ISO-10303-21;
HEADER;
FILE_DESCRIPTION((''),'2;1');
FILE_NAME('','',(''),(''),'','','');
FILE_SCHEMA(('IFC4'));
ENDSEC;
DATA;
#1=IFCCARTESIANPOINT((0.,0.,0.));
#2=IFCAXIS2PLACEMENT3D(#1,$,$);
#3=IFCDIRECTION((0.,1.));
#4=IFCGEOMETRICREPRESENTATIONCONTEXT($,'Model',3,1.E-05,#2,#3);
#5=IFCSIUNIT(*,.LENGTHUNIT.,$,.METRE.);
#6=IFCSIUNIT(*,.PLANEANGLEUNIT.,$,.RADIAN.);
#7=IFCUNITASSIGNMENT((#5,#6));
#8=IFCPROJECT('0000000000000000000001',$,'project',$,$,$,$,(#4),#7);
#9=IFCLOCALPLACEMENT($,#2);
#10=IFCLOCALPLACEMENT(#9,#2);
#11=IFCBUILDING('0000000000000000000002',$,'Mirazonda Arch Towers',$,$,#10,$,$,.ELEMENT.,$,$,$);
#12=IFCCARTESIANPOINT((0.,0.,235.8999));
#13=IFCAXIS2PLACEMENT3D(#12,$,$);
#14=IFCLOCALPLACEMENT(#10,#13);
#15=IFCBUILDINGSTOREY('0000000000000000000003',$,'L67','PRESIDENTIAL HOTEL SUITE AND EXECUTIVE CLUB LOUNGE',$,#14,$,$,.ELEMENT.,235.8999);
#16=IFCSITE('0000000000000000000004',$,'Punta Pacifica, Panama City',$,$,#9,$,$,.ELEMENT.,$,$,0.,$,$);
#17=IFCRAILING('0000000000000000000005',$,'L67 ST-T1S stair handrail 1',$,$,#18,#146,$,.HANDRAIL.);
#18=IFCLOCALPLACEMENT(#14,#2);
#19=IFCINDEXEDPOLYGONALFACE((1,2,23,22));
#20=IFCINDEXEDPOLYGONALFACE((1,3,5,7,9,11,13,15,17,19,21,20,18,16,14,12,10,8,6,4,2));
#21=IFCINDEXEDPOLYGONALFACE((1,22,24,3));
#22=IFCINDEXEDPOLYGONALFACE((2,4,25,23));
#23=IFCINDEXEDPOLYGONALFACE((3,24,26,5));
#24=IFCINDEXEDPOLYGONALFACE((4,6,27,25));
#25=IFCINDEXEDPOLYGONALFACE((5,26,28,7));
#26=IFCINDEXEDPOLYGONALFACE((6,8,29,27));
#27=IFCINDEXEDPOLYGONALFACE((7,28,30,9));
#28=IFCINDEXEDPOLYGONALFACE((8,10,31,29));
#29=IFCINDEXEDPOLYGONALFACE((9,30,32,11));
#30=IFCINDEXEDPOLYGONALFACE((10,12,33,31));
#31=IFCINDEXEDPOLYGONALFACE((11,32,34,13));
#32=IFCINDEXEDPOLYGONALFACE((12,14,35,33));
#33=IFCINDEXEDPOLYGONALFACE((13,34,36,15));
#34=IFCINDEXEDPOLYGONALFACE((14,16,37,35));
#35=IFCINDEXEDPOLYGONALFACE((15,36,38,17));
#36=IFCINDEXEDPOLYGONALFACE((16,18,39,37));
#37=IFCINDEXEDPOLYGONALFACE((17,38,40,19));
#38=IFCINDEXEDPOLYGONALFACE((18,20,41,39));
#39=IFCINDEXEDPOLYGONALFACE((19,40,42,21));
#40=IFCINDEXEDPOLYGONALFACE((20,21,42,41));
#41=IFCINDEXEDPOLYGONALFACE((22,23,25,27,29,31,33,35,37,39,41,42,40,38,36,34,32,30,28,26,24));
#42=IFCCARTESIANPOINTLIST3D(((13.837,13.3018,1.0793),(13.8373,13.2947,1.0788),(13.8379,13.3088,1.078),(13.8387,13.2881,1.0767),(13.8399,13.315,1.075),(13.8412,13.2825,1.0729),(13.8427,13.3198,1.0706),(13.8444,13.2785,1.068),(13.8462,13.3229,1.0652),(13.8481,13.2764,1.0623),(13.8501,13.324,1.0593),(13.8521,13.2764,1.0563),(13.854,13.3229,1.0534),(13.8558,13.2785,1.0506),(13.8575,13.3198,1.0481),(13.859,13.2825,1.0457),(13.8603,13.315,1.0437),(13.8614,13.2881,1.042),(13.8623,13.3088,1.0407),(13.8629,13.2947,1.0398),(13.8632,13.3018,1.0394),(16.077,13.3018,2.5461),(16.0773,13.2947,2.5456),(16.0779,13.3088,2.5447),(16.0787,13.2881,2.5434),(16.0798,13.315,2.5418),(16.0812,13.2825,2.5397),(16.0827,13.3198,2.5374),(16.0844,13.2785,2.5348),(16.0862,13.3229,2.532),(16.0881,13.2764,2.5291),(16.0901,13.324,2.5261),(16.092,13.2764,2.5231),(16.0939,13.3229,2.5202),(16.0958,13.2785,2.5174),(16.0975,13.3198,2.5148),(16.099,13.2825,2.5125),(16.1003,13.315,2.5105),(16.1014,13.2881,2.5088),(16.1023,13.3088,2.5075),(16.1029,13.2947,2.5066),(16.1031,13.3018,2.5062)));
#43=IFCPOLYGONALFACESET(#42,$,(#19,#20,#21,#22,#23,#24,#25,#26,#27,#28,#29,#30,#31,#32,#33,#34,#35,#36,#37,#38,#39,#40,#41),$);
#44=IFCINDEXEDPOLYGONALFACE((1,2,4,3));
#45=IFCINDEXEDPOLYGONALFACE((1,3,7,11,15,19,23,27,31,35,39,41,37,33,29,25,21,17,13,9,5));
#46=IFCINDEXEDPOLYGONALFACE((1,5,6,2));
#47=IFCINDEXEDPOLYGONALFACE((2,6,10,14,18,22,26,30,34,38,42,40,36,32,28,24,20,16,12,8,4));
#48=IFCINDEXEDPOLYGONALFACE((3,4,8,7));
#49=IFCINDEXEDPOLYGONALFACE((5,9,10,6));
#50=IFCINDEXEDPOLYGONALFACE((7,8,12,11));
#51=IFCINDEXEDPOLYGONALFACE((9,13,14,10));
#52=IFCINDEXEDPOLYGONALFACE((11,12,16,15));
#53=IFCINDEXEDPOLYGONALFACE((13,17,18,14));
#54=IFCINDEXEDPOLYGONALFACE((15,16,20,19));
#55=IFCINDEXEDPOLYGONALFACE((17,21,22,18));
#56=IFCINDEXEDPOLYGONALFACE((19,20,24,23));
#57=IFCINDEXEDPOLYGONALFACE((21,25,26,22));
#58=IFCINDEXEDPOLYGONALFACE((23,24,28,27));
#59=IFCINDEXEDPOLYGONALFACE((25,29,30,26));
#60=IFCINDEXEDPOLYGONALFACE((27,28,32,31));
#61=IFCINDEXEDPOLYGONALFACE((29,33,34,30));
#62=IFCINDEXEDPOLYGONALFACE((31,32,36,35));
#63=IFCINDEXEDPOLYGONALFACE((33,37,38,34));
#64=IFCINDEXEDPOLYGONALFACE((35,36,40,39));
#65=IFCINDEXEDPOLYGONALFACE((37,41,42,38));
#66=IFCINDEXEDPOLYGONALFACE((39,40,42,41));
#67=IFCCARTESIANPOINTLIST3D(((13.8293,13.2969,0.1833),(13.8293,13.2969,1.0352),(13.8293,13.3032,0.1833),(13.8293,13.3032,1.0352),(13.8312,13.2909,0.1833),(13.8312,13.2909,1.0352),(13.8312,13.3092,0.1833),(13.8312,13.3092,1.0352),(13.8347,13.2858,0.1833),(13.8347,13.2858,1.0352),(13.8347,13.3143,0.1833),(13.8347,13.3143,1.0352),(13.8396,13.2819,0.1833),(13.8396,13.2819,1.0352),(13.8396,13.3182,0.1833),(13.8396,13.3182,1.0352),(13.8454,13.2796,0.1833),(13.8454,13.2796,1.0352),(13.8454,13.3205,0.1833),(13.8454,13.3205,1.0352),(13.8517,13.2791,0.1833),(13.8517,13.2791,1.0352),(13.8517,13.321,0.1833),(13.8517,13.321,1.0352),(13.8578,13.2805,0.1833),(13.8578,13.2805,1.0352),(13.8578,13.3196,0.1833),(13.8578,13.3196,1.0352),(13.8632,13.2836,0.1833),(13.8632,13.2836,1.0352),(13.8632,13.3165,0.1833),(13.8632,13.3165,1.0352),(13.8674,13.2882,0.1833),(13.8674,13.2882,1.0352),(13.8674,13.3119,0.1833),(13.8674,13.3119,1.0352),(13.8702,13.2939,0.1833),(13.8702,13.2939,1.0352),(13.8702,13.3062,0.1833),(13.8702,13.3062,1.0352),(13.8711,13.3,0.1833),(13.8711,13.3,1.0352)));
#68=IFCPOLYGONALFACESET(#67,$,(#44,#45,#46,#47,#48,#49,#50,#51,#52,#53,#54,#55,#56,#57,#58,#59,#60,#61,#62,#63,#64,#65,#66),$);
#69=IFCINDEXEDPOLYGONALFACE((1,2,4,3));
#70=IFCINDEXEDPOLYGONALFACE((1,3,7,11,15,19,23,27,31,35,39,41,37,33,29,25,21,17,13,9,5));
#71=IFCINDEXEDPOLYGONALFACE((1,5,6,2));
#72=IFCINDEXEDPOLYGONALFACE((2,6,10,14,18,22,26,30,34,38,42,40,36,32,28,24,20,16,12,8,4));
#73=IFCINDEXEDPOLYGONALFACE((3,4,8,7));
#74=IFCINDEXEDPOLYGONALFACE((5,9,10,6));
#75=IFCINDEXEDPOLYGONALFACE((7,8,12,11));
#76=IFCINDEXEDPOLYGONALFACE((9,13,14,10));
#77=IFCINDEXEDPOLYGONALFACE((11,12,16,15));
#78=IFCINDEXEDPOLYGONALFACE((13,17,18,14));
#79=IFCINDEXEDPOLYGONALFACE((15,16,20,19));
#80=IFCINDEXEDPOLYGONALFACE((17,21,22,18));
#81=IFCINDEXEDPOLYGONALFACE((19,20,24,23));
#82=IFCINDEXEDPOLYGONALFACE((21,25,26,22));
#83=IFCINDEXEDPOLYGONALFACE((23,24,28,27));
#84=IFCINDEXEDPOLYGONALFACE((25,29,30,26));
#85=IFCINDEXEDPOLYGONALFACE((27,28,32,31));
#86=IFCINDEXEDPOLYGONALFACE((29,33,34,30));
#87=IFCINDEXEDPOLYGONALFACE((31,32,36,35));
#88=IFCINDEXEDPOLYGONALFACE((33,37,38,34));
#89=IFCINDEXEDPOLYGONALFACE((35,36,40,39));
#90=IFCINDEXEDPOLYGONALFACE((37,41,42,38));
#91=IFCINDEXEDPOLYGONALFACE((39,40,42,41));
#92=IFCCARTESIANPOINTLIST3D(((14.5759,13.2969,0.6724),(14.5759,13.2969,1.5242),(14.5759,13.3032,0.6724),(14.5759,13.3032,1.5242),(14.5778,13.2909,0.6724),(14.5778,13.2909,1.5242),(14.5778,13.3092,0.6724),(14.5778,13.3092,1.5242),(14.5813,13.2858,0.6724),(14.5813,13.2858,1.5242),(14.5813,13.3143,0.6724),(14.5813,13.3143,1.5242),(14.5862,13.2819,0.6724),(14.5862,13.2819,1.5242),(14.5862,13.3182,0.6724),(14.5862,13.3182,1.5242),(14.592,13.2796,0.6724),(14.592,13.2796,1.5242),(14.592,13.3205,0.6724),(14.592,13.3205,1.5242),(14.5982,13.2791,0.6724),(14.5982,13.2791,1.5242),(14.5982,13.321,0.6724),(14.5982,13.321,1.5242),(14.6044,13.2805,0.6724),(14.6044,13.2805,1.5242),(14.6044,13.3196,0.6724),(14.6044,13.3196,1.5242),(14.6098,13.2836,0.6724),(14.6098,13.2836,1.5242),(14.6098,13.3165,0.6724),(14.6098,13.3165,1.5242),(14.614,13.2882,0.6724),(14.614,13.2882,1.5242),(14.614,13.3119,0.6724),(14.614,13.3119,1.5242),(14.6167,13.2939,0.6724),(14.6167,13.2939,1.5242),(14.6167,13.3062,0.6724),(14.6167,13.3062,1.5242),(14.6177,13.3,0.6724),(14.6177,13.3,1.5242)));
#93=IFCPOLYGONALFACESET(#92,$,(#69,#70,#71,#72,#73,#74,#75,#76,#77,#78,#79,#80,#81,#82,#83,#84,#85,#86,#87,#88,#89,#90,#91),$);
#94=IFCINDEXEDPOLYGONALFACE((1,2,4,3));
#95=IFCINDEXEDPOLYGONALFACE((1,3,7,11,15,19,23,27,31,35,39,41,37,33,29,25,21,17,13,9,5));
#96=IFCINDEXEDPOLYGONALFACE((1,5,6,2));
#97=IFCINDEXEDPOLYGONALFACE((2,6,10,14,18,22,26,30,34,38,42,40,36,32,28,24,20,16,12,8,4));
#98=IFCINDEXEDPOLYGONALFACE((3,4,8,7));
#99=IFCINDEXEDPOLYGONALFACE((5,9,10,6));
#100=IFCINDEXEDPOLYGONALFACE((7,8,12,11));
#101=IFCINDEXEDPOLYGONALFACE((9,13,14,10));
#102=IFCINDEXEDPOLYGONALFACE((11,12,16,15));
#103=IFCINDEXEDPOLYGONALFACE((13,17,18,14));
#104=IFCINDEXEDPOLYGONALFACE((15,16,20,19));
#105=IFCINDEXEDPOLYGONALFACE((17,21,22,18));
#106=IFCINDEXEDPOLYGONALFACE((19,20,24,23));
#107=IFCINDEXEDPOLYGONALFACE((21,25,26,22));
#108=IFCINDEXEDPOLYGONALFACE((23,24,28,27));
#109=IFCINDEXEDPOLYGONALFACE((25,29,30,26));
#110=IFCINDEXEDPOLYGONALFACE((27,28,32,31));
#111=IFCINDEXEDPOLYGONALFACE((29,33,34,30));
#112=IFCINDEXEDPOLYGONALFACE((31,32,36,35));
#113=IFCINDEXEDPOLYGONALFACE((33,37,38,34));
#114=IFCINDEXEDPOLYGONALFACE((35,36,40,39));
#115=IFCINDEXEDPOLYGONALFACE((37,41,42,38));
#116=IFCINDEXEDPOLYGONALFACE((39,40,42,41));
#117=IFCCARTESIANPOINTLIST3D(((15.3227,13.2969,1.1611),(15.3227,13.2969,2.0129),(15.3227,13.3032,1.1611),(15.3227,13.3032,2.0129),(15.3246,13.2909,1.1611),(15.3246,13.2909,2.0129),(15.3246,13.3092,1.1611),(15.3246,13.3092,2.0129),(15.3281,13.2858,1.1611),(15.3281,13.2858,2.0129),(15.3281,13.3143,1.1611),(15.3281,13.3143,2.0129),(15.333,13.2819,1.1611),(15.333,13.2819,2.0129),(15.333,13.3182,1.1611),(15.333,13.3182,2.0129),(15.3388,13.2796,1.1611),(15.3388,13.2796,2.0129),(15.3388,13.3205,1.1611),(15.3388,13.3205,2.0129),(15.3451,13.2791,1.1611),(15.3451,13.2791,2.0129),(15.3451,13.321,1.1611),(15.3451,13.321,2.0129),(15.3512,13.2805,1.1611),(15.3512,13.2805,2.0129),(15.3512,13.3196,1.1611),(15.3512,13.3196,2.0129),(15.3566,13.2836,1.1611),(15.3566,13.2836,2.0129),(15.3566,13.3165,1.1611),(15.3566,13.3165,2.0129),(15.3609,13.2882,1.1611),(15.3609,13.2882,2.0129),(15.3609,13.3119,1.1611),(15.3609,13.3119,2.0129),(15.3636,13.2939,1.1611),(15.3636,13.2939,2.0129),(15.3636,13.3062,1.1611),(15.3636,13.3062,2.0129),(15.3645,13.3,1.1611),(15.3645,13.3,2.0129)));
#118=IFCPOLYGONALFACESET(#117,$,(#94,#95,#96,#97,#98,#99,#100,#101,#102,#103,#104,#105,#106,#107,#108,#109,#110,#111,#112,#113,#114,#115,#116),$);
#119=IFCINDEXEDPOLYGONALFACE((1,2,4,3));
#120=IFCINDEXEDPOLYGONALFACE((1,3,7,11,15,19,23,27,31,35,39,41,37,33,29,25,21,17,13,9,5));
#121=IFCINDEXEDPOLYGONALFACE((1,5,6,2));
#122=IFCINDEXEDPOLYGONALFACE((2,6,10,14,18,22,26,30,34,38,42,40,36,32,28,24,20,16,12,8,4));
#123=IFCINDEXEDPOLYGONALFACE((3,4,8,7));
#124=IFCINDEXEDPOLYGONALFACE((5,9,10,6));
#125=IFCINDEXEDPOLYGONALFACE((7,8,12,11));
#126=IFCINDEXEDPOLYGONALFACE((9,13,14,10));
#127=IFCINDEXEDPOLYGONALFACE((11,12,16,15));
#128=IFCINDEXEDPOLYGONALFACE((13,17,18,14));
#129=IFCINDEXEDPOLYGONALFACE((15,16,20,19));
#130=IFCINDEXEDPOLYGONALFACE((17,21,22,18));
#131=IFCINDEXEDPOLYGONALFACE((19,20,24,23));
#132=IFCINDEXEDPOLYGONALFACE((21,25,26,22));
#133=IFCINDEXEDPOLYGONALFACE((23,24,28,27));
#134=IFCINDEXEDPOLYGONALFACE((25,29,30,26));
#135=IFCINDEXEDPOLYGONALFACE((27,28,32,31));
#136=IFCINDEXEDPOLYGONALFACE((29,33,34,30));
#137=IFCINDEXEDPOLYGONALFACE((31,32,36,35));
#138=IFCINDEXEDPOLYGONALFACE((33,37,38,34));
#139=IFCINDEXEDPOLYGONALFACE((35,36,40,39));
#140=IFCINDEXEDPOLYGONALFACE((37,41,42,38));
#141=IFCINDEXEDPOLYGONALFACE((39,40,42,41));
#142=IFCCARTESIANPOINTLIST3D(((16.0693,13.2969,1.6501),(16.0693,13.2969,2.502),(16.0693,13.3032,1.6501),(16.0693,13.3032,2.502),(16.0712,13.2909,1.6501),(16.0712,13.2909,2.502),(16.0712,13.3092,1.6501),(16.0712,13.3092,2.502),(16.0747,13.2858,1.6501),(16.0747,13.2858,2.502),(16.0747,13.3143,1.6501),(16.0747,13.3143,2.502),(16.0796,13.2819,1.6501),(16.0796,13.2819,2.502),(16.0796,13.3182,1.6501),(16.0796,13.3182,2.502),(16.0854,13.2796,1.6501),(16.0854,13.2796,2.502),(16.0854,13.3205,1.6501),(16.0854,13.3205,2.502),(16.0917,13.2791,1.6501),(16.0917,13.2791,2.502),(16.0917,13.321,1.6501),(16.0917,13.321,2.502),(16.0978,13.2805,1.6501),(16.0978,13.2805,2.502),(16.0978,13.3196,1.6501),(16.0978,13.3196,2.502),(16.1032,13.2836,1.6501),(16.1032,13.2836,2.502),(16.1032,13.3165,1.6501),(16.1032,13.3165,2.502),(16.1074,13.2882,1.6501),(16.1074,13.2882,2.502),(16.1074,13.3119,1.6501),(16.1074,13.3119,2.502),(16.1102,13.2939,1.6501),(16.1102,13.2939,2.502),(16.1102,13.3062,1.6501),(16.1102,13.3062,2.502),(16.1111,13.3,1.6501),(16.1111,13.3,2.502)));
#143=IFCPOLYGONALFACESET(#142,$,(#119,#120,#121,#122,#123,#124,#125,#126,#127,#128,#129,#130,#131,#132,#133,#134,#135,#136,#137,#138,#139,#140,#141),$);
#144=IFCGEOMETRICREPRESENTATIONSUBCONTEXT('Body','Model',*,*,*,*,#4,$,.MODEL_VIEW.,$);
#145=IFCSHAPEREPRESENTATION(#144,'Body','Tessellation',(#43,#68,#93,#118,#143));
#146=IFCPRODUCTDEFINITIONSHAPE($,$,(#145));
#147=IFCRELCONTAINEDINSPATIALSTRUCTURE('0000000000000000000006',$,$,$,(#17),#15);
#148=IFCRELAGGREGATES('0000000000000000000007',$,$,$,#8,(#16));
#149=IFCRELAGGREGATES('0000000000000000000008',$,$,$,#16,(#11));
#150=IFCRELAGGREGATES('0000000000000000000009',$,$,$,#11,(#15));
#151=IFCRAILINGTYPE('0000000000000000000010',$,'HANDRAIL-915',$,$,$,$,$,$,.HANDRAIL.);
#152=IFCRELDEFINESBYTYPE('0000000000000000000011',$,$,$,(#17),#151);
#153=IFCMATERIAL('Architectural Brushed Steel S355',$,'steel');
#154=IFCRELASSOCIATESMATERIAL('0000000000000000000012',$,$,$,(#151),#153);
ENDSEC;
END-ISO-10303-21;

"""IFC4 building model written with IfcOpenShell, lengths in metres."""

from ifc_helpers import new_model, si_unit, direction, frame, origin, origin_2d, place, context, subcontext, project, spatial, circle, extrude, material, type_object, element, save


model = new_model("IFC4")

# Units and contexts
model_context = context("Model", 3, precision=1e-05, world=origin(), true_north=direction((0.0, 1.0)))
body_context = subcontext(model_context, "Body", "Model", "MODEL_VIEW")
ifc_project = project(units=[si_unit("LENGTHUNIT", "METRE"), si_unit("PLANEANGLEUNIT", "RADIAN")], contexts=[model_context])

# Site, building, storey
site_placement = place(None, origin())
site = spatial("IfcSite", under=ifc_project, at=site_placement, Name="Punta Pacifica, Panama City", CompositionType="ELEMENT", RefElevation=0.0)
building_placement = place(site_placement, origin())
building = spatial("IfcBuilding", under=site, at=building_placement, Name="Mirazonda Arch Towers", CompositionType="ELEMENT")
storey_placement = place(building_placement, frame((0.0, 0.0, 235.8999)))
storey = spatial("IfcBuildingStorey", under=building, at=storey_placement, Name="L67", Description="PRESIDENTIAL HOTEL SUITE AND EXECUTIVE CLUB LOUNGE", CompositionType="ELEMENT", Elevation=235.8999)

# Railing
ifc_material_1 = material(Name="Architectural Brushed Steel S355", Category="steel")
railing_type_1 = type_object("IfcRailingType", Name="HANDRAIL-915", PredefinedType="HANDRAIL", material=ifc_material_1)
railing_1_placement = place(storey_placement, frame((13.8501, 13.3, 0.1833)))
element("IfcRailing", 1, at=railing_1_placement, inside=storey, type_object=railing_type_1, Name="L67 ST-T1S stair handrail 1", PredefinedType="HANDRAIL", context=body_context, shape_type="SweptSolid", body=[
    extrude(circle(Radius=0.0239, at=origin_2d()), frame((0.0, 0.0, 0.876), z_axis=(0.836595, 0.0, 0.547822), x_axis=(0.0, 1.0, 0.0)), (0.0, 0.0, 1.0), 2.6775),
    extrude(circle(Radius=0.021, at=origin_2d()), origin(), (0.0, 0.0, 1.0), 0.8518),
    extrude(circle(Radius=0.021, at=origin_2d()), frame((0.7466, 0.0, 0.489)), (0.0, 0.0, 1.0), 0.8518),
    extrude(circle(Radius=0.021, at=origin_2d()), frame((1.4934, 0.0, 0.9778)), (0.0, 0.0, 1.0), 0.8518),
    extrude(circle(Radius=0.021, at=origin_2d()), frame((2.24, 0.0, 1.4668)), (0.0, 0.0, 1.0), 0.8518),
])

save(model, "model.ifc")
